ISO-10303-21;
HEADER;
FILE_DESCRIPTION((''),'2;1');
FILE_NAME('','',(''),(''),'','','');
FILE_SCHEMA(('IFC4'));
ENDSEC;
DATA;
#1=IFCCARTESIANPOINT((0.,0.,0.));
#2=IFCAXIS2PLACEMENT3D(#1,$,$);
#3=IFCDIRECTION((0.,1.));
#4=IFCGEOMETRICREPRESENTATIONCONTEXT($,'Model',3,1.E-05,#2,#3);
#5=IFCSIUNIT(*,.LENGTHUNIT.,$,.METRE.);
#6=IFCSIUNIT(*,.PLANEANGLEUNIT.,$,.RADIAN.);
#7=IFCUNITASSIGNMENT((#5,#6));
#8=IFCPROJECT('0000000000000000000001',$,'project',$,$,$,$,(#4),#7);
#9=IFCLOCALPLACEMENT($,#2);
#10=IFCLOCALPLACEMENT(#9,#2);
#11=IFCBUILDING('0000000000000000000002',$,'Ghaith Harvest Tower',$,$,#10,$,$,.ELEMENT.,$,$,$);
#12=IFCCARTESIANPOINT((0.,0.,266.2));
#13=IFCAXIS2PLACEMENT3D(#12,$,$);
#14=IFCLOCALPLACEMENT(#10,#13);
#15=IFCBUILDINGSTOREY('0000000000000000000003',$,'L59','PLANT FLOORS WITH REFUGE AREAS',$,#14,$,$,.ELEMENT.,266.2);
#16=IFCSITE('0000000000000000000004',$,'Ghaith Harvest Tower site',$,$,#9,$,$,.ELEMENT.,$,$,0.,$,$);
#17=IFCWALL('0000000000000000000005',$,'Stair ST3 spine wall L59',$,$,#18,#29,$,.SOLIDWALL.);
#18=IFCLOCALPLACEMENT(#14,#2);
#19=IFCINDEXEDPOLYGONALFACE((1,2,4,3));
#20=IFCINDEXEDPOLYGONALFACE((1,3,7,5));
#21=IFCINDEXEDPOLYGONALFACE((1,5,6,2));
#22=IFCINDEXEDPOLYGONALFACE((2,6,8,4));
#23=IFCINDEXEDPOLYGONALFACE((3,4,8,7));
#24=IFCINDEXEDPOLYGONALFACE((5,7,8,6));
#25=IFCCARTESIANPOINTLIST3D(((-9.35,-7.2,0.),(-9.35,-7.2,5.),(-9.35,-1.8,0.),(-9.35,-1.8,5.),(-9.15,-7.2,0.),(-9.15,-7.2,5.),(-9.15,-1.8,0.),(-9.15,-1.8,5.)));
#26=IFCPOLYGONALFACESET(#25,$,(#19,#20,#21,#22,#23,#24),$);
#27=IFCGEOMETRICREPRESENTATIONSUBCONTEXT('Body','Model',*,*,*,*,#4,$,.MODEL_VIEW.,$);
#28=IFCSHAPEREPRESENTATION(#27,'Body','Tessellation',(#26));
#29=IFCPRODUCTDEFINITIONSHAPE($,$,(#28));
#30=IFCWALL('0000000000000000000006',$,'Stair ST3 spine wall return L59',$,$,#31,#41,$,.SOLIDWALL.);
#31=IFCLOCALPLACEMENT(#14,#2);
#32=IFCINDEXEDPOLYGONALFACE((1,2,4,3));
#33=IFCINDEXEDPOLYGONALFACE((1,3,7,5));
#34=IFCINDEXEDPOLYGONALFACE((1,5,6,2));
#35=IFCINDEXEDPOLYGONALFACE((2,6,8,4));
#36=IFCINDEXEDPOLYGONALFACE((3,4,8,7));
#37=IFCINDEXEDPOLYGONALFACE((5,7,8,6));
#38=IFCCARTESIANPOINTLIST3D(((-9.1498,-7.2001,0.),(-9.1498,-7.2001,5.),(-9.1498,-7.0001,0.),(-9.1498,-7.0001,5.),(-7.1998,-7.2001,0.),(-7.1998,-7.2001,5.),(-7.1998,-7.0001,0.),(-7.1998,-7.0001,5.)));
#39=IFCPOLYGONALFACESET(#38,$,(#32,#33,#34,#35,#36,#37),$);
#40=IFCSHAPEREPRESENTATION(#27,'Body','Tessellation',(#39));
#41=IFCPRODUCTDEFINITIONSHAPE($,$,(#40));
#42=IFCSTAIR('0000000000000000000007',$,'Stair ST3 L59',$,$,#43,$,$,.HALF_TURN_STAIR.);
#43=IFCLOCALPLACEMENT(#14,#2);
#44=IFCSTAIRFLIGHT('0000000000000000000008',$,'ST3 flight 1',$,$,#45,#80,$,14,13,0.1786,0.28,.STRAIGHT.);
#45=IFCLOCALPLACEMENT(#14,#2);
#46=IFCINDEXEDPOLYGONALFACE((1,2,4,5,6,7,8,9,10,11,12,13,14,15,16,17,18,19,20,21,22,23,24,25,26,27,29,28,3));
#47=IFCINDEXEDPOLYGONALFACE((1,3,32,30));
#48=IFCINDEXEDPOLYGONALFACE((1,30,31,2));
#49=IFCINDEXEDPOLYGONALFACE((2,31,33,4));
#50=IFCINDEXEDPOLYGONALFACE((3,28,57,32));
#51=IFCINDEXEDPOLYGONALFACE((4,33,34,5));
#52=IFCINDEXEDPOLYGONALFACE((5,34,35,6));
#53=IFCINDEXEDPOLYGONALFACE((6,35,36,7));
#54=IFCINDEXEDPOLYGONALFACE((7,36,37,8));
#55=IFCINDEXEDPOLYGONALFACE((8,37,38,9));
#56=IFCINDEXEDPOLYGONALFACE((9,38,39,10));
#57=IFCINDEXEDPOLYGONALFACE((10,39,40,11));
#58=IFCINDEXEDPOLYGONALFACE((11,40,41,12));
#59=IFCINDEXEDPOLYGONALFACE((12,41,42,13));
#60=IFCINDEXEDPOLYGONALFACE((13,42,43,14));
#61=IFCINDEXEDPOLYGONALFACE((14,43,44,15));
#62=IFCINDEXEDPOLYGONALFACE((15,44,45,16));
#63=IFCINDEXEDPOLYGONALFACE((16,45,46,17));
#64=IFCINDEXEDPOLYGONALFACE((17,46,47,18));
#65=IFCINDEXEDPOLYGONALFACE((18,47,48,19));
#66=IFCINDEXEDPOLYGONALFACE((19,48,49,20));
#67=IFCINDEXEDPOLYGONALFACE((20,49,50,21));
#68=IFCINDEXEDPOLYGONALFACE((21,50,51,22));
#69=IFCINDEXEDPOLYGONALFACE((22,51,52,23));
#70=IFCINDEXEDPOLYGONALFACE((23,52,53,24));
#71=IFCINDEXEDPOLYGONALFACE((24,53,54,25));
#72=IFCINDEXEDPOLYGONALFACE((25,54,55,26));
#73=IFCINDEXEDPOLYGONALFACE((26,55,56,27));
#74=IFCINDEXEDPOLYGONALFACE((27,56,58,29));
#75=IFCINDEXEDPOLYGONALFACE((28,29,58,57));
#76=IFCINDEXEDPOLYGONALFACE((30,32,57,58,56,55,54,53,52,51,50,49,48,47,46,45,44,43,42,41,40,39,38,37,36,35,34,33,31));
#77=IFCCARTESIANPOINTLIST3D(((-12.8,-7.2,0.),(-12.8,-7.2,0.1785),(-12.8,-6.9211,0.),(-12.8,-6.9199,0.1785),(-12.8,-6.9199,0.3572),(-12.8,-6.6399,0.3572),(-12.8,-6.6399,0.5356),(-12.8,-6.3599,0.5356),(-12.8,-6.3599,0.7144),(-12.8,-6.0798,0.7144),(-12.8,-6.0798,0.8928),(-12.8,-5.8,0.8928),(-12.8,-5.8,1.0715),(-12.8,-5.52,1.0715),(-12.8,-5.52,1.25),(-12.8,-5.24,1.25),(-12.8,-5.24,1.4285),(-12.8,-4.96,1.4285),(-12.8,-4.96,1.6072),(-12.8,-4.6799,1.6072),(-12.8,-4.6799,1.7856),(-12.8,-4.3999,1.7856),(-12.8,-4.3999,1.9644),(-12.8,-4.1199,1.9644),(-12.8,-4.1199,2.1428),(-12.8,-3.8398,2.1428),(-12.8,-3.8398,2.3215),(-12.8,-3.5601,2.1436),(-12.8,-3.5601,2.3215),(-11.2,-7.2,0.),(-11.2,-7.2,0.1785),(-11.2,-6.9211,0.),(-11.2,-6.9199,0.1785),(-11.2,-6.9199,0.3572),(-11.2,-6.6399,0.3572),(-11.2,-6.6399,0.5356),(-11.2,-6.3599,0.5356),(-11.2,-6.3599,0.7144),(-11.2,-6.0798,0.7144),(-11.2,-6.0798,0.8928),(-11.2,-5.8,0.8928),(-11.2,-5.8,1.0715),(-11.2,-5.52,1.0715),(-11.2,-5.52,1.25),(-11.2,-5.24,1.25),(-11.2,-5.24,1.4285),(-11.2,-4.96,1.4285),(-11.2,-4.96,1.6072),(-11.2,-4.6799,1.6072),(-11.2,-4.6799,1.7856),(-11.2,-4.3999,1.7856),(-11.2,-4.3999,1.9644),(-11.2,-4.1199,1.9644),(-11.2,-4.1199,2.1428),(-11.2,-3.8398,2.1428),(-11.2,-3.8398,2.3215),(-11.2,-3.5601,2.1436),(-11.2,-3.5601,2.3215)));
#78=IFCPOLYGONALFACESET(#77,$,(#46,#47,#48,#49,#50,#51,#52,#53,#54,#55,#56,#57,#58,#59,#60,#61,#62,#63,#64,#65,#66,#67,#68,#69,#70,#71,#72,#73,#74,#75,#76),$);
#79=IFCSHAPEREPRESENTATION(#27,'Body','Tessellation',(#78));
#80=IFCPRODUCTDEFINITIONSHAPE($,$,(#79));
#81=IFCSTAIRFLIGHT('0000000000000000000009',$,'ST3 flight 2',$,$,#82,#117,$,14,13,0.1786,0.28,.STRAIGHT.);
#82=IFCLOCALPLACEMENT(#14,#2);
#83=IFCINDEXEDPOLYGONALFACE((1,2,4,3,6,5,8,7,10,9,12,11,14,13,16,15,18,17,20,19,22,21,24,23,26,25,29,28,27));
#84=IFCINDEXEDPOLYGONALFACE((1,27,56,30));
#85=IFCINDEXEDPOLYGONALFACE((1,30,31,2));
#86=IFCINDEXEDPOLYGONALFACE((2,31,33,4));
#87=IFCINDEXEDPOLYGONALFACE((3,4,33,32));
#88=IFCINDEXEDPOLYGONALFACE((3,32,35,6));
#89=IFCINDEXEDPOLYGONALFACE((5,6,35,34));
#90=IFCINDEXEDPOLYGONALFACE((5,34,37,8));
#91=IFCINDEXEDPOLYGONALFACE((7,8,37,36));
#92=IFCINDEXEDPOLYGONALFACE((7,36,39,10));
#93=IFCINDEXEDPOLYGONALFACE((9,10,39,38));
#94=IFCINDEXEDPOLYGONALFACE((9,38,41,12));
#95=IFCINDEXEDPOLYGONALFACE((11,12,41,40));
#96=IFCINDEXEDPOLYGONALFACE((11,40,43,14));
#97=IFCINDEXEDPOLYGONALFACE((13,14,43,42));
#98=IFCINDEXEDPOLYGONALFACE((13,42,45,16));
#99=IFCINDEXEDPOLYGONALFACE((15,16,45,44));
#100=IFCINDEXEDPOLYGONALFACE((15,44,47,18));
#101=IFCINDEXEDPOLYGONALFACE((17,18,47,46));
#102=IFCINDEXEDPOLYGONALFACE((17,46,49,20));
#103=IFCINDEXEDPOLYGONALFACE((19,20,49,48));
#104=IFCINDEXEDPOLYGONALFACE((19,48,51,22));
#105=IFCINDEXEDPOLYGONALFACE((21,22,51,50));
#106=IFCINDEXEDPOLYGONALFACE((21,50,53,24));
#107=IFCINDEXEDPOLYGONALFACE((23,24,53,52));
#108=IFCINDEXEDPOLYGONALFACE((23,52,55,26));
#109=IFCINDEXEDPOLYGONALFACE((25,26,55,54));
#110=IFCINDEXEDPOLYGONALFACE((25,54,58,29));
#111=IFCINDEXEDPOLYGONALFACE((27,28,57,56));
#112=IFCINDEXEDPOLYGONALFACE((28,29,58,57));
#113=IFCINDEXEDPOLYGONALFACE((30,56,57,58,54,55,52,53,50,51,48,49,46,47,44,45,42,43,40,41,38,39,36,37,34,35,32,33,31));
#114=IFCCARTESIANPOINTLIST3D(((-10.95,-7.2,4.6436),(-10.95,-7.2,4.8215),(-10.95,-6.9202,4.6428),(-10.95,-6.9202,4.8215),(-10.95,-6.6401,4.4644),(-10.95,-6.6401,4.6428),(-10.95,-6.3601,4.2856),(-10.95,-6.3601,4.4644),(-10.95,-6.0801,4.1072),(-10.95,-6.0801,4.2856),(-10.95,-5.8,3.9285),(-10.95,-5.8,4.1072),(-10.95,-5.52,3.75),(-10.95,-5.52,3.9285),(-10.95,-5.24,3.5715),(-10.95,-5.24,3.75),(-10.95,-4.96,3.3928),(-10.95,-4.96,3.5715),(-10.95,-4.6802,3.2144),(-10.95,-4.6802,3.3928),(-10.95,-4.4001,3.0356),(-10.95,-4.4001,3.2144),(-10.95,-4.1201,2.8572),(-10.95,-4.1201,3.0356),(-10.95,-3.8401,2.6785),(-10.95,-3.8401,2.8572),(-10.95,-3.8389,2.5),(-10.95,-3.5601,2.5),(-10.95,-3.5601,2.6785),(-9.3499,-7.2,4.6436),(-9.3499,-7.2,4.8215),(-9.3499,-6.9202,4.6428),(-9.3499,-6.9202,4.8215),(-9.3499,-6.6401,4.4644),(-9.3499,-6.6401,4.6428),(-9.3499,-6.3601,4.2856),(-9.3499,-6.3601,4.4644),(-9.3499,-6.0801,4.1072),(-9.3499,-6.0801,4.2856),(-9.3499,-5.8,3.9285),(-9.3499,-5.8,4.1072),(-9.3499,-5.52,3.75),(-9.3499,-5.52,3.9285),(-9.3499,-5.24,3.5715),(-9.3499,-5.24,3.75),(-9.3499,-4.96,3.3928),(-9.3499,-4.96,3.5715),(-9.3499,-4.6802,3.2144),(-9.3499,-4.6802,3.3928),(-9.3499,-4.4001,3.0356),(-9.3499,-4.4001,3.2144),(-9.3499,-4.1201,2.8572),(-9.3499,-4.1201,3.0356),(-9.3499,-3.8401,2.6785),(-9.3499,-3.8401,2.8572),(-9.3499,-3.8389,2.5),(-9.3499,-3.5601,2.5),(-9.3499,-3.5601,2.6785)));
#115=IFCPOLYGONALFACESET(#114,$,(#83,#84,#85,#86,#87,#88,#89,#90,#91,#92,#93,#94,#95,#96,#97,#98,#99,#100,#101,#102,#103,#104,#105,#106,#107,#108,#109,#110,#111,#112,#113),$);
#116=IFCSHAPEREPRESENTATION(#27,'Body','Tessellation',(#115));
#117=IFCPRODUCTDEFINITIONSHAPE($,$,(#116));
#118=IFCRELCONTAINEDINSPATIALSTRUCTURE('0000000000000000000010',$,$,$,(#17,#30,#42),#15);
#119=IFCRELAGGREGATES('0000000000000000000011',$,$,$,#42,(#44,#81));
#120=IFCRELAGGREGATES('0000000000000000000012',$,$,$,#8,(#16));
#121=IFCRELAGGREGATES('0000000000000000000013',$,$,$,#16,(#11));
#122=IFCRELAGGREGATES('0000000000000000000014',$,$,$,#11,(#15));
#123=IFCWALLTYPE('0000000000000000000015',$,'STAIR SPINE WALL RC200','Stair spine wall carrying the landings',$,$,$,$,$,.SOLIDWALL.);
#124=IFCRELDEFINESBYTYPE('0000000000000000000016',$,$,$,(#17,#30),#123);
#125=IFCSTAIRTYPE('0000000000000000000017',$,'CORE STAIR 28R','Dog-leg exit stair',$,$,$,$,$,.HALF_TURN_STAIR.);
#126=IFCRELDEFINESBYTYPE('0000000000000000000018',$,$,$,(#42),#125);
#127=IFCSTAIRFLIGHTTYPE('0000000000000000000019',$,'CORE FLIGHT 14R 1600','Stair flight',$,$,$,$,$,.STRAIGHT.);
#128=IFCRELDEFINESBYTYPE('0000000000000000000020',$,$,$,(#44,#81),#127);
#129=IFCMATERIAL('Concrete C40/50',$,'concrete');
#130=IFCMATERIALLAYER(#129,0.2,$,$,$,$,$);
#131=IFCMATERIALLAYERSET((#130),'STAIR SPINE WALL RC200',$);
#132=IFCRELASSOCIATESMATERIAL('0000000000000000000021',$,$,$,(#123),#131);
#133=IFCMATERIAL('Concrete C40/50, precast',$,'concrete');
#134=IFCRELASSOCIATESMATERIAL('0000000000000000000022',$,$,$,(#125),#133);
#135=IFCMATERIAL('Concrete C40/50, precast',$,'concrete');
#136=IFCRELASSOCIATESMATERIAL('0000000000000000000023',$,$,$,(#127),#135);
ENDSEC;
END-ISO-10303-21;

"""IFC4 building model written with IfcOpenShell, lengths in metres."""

from ifc_helpers import new_model, si_unit, direction, frame, frame_2d, origin, place, context, subcontext, project, spatial, polyline, rectangle, outline, extrude, material, layer, layer_set, type_object, element, aggregate, save


model = new_model("IFC4")

# Units and contexts
model_context = context("Model", 3, precision=1e-05, world=origin(), true_north=direction((0.0, 1.0)))
body_context = subcontext(model_context, "Body", "Model", "MODEL_VIEW")
ifc_project = project(units=[si_unit("LENGTHUNIT", "METRE"), si_unit("PLANEANGLEUNIT", "RADIAN")], contexts=[model_context])

# Site, building, storey
site_placement = place(None, origin())
site = spatial("IfcSite", under=ifc_project, at=site_placement, Name="Ghaith Harvest Tower site", CompositionType="ELEMENT", RefElevation=0.0)
building_placement = place(site_placement, origin())
building = spatial("IfcBuilding", under=site, at=building_placement, Name="Ghaith Harvest Tower", CompositionType="ELEMENT")
storey_placement = place(building_placement, frame((0.0, 0.0, 266.2)))
storey = spatial("IfcBuildingStorey", under=building, at=storey_placement, Name="L59", Description="PLANT FLOORS WITH REFUGE AREAS", CompositionType="ELEMENT", Elevation=266.2)

# Walls
ifc_material_1 = material(Name="Concrete C40/50", Category="concrete")
ifc_layer_1 = layer(ifc_material_1, 0.2)
ifc_layer_set_1 = layer_set([ifc_layer_1], Name="STAIR SPINE WALL RC200")
wall_type_1 = type_object("IfcWallType", Name="STAIR SPINE WALL RC200", Description="Stair spine wall carrying the landings", PredefinedType="SOLIDWALL", material=ifc_layer_set_1)
wall_1_placement = place(storey_placement, frame((-9.25, -7.2, 0.0), z_axis=(0.0, 0.0, 1.0), x_axis=(0.0, 1.0, 0.0)))
element("IfcWall", 1, at=wall_1_placement, inside=storey, type_object=wall_type_1, Name="Stair ST3 spine wall L59", PredefinedType="SOLIDWALL", context=body_context, shape_type="SweptSolid", body=[
    extrude(rectangle(XDim=5.3999, YDim=0.2, at=frame_2d((2.7, 0.0))), origin(), (0.0, 0.0, 1.0), 5.0),
])
wall_2_placement = place(storey_placement, frame((-9.1499, -7.1001, 0.0), z_axis=(0.0, 0.0, 1.0), x_axis=(1.0, 0.0, 0.0)))
element("IfcWall", 2, at=wall_2_placement, inside=storey, type_object=wall_type_1, Name="Stair ST3 spine wall return L59", PredefinedType="SOLIDWALL", context=body_context, shape_type="SweptSolid", body=[
    extrude(rectangle(XDim=1.95, YDim=0.2, at=frame_2d((0.9751, 0.0))), origin(), (0.0, 0.0, 1.0), 5.0),
])

# Stair, stair flights
ifc_material_2 = material(Name="Concrete C40/50, precast", Category="concrete")
stair_type = type_object("IfcStairType", Name="CORE STAIR 28R", Description="Dog-leg exit stair", PredefinedType="HALF_TURN_STAIR", material=ifc_material_2)
stair_placement = place(storey_placement, origin())
stair = element("IfcStair", 3, at=stair_placement, inside=storey, type_object=stair_type, Name="Stair ST3 L59", PredefinedType="HALF_TURN_STAIR")
ifc_material_3 = material(Name="Concrete C40/50, precast", Category="concrete")
stair_flight_type = type_object("IfcStairFlightType", Name="CORE FLIGHT 14R 1600", Description="Stair flight", PredefinedType="STRAIGHT", material=ifc_material_3)
stair_flight_1_placement = place(storey_placement, frame((-12.0, -7.2, 0.0), z_axis=(0.0, 0.0, 1.0), x_axis=(0.0, 1.0, 0.0)))
stair_flight_1 = element("IfcStairFlight", 4, at=stair_flight_1_placement, type_object=stair_flight_type, Name="ST3 flight 1", NumberOfRisers=14, NumberOfTreads=13, PredefinedType="STRAIGHT", RiserHeight=0.1786, TreadLength=0.28, context=body_context, shape_type="SweptSolid", body=[
    extrude(outline(polyline([(0.0, 0.0), (0.0, 0.1785), (0.28, 0.1785), (0.28, 0.3572), (0.5601, 0.3572), (0.5601, 0.5356), (0.8401, 0.5356), (0.8401, 0.7144), (1.1201, 0.7144), (1.1201, 0.8928), (1.3999, 0.8928), (1.3999, 1.0715), (1.6799, 1.0715), (1.6799, 1.25), (1.96, 1.25), (1.96, 1.4285), (2.24, 1.4285), (2.24, 1.6072), (2.52, 1.6072), (2.52, 1.7856), (2.8, 1.7856), (2.8, 1.9644), (3.0801, 1.9644), (3.0801, 2.1428), (3.3601, 2.1428), (3.3601, 2.3215), (3.6399, 2.3215), (3.6399, 2.5), (3.6399, 2.1436), (0.2788, 0.0), (0.0, 0.0)])), frame((0.0, 0.8, 0.0), z_axis=(0.0, -1.0, 0.0), x_axis=(1.0, 0.0, 0.0)), (0.0, 0.0, 1.0), 1.6001),
])
stair_flight_2_placement = place(storey_placement, frame((-10.1499, -3.5601, 2.5), z_axis=(0.0, 0.0, 1.0), x_axis=(0.0, -1.0, 0.0)))
stair_flight_2 = element("IfcStairFlight", 5, at=stair_flight_2_placement, type_object=stair_flight_type, Name="ST3 flight 2", NumberOfRisers=14, NumberOfTreads=13, PredefinedType="STRAIGHT", RiserHeight=0.1786, TreadLength=0.28, context=body_context, shape_type="SweptSolid", body=[
    extrude(outline(polyline([(0.0, 0.0), (0.0, 0.1785), (0.28, 0.1785), (0.28, 0.3572), (0.5601, 0.3572), (0.5601, 0.5356), (0.8401, 0.5356), (0.8401, 0.7144), (1.1201, 0.7144), (1.1201, 0.8928), (1.3999, 0.8928), (1.3999, 1.0715), (1.6799, 1.0715), (1.6799, 1.25), (1.96, 1.25), (1.96, 1.4285), (2.24, 1.4285), (2.24, 1.6072), (2.52, 1.6072), (2.52, 1.7856), (2.8, 1.7856), (2.8, 1.9644), (3.0801, 1.9644), (3.0801, 2.1428), (3.3601, 2.1428), (3.3601, 2.3215), (3.6399, 2.3215), (3.6399, 2.5), (3.6399, 2.1436), (0.2788, 0.0), (0.0, 0.0)])), frame((0.0, 0.8, 0.0), z_axis=(0.0, -1.0, 0.0), x_axis=(1.0, 0.0, 0.0)), (0.0, 0.0, 1.0), 1.6001),
])
aggregate(stair, [stair_flight_1, stair_flight_2])

save(model, "model.ifc")
